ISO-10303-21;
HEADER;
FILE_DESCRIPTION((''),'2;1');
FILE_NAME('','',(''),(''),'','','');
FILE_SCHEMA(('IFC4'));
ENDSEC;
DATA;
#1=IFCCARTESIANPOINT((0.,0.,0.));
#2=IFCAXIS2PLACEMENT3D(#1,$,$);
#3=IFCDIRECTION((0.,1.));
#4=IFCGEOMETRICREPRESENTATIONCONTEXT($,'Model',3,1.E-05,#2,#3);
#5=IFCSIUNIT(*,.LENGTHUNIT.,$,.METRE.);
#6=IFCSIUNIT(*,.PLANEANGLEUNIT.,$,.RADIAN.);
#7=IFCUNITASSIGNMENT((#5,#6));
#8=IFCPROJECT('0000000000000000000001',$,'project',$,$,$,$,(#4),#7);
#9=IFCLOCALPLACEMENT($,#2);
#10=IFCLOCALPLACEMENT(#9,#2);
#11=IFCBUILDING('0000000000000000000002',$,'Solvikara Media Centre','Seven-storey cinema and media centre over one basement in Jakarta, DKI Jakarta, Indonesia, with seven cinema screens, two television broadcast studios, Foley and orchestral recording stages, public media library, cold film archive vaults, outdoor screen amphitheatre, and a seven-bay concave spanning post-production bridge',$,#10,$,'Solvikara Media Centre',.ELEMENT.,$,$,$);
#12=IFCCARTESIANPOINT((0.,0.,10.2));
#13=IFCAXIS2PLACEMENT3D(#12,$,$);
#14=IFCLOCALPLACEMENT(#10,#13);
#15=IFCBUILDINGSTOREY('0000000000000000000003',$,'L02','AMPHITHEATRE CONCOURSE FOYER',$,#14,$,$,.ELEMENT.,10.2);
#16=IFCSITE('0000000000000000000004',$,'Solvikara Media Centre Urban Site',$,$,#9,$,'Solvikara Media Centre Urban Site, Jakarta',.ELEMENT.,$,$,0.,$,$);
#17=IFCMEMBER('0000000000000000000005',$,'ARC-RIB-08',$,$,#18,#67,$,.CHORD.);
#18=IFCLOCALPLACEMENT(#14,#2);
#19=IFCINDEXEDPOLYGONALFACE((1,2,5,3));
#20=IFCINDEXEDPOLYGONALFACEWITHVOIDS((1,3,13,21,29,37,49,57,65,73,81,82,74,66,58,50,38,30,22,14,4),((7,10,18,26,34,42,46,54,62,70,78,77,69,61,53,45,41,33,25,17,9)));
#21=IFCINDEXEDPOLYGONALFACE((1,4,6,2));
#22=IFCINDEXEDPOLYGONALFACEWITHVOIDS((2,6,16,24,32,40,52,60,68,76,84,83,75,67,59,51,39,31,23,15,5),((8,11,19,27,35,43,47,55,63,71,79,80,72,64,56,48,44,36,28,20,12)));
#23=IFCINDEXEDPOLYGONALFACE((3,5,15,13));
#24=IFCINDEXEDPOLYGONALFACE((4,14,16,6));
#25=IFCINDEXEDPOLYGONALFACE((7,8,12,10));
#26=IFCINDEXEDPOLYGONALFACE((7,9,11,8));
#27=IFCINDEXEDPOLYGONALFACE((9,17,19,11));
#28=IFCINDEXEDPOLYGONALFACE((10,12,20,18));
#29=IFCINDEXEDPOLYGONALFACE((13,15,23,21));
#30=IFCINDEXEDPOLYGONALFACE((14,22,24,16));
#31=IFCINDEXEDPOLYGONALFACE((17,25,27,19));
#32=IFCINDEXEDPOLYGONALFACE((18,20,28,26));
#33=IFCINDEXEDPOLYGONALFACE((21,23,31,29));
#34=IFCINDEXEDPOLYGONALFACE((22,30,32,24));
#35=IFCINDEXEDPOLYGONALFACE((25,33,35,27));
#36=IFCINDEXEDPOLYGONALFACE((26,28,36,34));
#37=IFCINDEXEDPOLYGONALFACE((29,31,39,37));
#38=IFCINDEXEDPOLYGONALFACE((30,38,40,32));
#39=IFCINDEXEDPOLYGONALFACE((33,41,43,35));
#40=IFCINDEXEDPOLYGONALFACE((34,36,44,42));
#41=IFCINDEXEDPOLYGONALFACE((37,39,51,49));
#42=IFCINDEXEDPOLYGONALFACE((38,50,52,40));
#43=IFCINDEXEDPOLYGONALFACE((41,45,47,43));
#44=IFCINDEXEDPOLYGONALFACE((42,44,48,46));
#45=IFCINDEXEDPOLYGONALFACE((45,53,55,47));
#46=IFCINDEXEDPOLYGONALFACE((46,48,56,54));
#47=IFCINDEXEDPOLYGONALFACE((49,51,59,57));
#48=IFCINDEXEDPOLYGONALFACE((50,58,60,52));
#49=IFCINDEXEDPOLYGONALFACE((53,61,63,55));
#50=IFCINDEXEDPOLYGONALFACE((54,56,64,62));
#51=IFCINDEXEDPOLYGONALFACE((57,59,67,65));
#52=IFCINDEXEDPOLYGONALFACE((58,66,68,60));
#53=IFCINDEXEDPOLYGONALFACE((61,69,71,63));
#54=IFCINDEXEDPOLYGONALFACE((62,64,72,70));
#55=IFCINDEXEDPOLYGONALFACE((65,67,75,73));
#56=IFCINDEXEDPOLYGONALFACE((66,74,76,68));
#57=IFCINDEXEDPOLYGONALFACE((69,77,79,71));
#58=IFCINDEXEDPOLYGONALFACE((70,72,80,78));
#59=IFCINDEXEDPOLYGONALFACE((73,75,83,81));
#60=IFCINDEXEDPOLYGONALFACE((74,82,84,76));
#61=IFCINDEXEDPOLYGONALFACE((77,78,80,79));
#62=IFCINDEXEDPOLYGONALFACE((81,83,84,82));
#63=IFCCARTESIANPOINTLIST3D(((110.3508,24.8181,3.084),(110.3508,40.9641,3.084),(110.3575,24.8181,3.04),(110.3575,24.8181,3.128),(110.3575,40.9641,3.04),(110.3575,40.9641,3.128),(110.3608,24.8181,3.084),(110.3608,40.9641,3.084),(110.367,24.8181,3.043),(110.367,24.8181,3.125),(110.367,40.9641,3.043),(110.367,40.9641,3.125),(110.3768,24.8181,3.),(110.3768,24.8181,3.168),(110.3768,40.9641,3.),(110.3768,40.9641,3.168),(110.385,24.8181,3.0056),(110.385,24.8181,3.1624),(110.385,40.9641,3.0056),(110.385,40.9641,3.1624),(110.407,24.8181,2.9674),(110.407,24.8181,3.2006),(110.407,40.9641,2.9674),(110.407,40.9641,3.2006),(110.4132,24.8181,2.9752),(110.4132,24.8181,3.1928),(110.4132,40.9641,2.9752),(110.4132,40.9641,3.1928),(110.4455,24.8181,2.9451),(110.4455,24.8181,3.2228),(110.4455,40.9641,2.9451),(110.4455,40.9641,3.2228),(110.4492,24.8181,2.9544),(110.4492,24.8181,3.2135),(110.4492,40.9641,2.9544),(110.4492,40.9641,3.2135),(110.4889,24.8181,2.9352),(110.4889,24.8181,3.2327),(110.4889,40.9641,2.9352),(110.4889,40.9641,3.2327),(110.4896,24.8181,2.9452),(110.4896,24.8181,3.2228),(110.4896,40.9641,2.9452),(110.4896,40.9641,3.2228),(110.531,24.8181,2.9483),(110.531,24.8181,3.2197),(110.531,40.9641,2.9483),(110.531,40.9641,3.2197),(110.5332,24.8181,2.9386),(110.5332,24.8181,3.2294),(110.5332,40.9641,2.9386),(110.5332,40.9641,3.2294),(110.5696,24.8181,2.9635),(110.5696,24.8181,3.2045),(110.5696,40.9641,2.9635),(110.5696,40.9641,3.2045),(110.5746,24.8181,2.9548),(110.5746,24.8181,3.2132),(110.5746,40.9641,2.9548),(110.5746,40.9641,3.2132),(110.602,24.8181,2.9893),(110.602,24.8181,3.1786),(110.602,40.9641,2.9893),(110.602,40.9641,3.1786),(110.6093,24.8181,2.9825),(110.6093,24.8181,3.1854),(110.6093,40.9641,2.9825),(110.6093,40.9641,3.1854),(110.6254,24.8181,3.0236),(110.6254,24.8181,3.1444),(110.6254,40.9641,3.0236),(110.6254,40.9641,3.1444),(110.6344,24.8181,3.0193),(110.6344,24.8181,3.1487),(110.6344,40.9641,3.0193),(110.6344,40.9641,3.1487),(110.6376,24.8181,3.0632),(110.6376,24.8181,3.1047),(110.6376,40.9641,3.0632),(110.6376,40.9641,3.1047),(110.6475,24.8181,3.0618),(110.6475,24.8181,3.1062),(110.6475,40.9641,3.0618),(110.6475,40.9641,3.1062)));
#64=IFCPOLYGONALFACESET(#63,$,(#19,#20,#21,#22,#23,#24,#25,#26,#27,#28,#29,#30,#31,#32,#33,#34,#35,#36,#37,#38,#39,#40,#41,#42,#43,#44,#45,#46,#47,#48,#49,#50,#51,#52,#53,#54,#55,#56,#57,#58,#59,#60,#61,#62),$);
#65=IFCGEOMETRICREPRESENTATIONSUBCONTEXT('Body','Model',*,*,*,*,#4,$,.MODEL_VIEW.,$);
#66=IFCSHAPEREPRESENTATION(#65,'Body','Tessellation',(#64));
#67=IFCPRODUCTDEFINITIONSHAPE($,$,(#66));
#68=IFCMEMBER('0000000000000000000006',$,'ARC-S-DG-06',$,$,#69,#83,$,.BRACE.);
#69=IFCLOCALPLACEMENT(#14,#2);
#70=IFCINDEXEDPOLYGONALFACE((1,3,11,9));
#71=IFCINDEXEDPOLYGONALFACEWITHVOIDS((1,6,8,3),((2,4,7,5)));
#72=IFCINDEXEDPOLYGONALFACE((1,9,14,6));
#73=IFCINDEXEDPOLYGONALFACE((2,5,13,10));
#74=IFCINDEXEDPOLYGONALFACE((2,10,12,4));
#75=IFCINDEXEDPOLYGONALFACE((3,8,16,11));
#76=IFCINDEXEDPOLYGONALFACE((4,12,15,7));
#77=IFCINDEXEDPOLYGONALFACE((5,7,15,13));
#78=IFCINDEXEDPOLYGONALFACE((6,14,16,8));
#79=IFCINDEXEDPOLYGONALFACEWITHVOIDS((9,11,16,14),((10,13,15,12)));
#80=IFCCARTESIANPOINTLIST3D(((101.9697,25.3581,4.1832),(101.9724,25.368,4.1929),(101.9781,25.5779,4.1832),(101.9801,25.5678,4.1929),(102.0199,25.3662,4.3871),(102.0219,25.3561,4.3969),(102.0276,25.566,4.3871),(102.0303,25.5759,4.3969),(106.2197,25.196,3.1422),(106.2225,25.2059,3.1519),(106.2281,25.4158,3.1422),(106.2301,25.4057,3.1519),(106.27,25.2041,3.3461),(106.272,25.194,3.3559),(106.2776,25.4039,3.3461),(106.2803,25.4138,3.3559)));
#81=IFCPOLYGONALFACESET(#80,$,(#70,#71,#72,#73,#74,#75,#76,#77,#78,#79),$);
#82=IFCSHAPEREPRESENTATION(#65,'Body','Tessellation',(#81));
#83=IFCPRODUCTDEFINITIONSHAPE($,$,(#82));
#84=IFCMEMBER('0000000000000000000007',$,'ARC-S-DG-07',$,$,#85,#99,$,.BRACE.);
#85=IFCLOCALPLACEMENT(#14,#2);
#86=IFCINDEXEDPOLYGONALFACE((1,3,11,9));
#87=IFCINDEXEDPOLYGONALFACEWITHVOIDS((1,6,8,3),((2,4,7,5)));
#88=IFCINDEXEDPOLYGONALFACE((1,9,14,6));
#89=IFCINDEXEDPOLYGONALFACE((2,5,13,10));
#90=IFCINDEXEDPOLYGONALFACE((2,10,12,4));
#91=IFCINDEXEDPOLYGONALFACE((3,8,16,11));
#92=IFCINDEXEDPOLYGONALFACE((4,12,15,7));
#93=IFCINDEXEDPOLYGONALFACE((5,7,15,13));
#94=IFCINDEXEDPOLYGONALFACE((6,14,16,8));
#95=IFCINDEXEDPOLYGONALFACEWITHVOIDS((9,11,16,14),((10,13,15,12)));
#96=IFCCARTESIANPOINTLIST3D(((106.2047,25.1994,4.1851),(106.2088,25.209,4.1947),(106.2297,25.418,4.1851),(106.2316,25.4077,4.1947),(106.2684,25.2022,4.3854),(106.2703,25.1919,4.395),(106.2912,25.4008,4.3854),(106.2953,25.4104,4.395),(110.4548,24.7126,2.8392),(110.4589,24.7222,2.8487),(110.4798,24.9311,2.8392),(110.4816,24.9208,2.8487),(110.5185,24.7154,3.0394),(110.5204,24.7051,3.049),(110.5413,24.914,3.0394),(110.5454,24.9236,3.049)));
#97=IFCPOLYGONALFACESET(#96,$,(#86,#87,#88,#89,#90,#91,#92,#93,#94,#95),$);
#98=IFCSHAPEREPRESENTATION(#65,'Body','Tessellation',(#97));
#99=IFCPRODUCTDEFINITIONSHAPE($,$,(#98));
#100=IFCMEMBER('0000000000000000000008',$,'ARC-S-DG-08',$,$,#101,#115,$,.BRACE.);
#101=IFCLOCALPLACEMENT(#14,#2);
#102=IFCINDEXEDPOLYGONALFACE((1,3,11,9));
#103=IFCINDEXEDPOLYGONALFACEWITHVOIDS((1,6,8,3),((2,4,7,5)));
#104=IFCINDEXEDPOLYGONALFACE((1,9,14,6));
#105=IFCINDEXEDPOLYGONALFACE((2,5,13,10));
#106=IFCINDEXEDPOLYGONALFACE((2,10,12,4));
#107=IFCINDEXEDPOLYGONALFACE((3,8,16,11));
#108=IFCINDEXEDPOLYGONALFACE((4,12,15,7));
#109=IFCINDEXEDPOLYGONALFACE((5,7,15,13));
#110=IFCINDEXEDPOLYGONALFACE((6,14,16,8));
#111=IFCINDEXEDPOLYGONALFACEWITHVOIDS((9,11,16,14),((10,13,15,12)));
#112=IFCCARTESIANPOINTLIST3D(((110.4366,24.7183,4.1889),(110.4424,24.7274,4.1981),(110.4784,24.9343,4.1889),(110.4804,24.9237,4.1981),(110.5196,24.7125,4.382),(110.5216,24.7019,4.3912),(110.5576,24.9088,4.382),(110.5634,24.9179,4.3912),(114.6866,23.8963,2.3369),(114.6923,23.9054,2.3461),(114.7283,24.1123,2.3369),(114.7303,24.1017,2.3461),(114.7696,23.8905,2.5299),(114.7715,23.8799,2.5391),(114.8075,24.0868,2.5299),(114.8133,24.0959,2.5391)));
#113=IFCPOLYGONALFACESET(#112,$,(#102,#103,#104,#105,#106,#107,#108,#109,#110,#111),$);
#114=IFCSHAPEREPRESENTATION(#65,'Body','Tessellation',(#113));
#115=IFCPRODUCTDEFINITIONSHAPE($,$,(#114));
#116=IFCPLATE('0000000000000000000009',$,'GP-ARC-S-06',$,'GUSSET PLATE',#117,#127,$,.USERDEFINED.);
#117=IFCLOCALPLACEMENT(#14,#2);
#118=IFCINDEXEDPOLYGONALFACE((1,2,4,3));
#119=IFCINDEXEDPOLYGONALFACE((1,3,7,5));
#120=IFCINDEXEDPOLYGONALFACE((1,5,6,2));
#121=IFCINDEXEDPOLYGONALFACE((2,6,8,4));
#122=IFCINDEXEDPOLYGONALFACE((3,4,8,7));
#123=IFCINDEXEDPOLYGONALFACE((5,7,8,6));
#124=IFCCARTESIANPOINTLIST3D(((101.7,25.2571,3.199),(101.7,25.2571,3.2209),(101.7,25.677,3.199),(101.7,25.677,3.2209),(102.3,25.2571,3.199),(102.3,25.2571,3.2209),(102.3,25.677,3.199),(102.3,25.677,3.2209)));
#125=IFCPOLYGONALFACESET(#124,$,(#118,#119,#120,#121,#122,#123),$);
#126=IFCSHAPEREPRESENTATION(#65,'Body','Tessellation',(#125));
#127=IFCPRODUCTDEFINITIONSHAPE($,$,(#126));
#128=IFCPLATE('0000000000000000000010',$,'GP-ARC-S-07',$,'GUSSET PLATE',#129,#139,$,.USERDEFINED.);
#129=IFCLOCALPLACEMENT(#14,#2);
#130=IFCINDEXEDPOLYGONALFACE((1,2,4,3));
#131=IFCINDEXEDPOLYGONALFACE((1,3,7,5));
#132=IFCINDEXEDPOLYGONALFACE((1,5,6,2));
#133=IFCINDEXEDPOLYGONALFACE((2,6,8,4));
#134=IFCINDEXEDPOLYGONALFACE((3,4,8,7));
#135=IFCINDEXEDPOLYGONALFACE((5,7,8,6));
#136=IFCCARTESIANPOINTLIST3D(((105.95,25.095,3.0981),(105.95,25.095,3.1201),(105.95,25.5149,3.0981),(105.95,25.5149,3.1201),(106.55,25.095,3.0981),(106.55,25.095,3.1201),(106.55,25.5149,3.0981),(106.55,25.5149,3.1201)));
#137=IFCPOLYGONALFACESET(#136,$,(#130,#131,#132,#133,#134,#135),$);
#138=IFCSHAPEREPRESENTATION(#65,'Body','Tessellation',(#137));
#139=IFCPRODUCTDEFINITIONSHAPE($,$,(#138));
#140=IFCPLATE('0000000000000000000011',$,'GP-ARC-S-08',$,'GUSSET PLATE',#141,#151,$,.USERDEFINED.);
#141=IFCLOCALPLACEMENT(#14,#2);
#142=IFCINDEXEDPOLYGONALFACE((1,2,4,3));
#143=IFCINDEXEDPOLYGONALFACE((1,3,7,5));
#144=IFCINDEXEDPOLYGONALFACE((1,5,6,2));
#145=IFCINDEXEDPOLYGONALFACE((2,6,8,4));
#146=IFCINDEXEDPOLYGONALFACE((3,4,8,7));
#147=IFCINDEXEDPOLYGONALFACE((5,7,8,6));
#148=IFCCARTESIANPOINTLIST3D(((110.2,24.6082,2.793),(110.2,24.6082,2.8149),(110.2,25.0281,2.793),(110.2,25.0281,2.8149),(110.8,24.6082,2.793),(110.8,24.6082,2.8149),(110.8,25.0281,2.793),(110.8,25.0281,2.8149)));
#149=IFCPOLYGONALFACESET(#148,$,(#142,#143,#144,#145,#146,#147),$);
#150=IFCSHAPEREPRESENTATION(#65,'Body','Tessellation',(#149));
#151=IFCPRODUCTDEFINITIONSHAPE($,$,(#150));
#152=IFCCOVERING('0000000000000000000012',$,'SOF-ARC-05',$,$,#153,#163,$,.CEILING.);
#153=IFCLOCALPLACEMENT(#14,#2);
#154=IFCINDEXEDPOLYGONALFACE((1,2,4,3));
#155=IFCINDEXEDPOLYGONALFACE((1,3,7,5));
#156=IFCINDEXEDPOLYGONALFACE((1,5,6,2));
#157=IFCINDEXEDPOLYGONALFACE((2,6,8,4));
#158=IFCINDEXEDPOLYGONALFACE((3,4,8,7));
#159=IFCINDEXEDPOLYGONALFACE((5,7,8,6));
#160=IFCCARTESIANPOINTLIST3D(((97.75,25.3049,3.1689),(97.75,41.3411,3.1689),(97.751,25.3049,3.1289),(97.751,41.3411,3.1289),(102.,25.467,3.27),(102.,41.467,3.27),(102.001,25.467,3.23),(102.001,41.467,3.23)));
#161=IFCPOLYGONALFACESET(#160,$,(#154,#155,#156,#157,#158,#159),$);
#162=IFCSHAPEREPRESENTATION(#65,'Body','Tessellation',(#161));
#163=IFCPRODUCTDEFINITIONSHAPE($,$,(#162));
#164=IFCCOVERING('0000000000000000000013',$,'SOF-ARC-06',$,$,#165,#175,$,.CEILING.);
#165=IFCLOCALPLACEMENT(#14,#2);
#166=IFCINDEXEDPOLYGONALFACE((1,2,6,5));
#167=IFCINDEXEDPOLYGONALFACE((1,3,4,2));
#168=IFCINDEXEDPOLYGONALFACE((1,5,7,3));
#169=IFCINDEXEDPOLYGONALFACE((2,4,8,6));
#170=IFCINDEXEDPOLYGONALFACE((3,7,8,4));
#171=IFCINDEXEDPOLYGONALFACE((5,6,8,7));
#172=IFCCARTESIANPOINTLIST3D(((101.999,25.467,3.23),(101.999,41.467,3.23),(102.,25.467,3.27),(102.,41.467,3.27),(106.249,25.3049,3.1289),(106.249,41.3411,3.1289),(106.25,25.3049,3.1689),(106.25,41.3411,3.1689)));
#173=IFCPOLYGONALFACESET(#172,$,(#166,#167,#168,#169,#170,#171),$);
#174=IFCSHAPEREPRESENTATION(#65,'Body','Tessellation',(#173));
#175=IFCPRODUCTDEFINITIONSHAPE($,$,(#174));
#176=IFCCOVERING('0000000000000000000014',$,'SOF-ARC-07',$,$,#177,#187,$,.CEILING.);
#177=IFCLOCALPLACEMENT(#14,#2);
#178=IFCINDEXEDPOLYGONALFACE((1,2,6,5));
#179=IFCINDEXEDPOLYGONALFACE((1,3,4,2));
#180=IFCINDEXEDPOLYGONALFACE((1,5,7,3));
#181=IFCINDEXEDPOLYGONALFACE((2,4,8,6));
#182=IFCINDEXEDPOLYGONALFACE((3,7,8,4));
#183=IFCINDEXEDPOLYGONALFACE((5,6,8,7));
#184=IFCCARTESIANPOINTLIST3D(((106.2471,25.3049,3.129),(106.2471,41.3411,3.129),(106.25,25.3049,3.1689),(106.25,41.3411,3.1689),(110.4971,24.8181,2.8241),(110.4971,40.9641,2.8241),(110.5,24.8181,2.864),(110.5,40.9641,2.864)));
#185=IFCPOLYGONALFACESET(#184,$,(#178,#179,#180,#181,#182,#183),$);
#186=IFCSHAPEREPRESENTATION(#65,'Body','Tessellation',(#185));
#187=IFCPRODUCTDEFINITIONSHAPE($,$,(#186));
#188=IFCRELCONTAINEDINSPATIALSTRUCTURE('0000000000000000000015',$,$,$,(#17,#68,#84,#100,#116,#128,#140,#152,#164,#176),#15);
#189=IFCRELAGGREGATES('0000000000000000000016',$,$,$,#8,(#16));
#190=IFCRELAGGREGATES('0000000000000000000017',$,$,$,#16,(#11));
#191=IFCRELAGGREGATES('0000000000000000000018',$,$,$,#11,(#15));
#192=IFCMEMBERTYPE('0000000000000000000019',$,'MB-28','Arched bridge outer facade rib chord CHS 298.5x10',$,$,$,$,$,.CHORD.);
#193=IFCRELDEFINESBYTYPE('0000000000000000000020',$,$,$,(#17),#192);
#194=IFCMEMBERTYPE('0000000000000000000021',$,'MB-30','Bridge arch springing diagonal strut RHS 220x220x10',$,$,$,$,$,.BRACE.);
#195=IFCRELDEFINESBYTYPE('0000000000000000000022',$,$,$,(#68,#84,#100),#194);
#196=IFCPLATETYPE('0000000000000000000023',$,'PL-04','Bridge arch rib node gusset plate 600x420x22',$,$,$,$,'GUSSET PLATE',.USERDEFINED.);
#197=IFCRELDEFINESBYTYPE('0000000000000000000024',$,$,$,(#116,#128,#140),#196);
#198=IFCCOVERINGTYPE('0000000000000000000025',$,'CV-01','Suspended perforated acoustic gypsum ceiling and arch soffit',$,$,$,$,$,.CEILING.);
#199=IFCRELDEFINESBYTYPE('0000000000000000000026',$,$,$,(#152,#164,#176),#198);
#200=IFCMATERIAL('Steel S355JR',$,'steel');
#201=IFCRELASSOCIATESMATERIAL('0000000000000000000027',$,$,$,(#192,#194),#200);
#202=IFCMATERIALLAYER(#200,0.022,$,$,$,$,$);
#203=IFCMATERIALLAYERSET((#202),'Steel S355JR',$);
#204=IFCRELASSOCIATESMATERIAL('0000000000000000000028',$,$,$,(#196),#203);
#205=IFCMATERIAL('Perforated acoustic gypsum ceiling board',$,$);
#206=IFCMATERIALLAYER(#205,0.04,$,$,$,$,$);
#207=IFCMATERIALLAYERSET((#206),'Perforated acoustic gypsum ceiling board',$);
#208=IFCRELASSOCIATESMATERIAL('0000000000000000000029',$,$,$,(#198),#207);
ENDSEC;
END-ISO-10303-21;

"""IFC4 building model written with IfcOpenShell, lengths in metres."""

from ifc_helpers import new_model, si_unit, direction, frame, origin, origin_2d, place, context, subcontext, project, spatial, polyline, rectangle, hollow_rectangle, hollow_circle, outline, extrude, material, layer, layer_set, material_profile, profile_set, type_object, element, save


model = new_model("IFC4")

# Units and contexts
model_context = context("Model", 3, precision=1e-05, world=origin(), true_north=direction((0.0, 1.0)))
body_context = subcontext(model_context, "Body", "Model", "MODEL_VIEW")
ifc_project = project(units=[si_unit("LENGTHUNIT", "METRE"), si_unit("PLANEANGLEUNIT", "RADIAN")], contexts=[model_context])

# Site, building, storey
site_placement = place(None, origin())
site = spatial("IfcSite", under=ifc_project, at=site_placement, Name="Solvikara Media Centre Urban Site", LongName="Solvikara Media Centre Urban Site, Jakarta", CompositionType="ELEMENT", RefElevation=0.0)
building_placement = place(site_placement, origin())
building = spatial("IfcBuilding", under=site, at=building_placement, Name="Solvikara Media Centre", Description="Seven-storey cinema and media centre over one basement in Jakarta, DKI Jakarta, Indonesia, with seven cinema screens, two television broadcast studios, Foley and orchestral recording stages, public media library, cold film archive vaults, outdoor screen amphitheatre, and a seven-bay concave spanning post-production bridge", LongName="Solvikara Media Centre", CompositionType="ELEMENT")
storey_placement = place(building_placement, frame((0.0, 0.0, 10.2)))
storey = spatial("IfcBuildingStorey", under=building, at=storey_placement, Name="L02", Description="AMPHITHEATRE CONCOURSE FOYER", CompositionType="ELEMENT", Elevation=10.2)

# Members
ifc_material_1 = material(Name="Steel S355JR", Category="steel")
ifc_material_profile_1 = material_profile(ifc_material_1, hollow_circle(Radius=0.1492, WallThickness=0.01, at=origin_2d()), Name="CHS 298.5x10")
ifc_profile_set_1 = profile_set([ifc_material_profile_1], Name="Steel S355JR")
member_type_1 = type_object("IfcMemberType", Name="MB-28", Description="Arched bridge outer facade rib chord CHS 298.5x10", PredefinedType="CHORD", material=ifc_profile_set_1)
member_1_placement = place(storey_placement, frame((110.5, 24.8181, 3.084), z_axis=(0.0, 1.0, 0.0), x_axis=(-1.0, 0.0, 0.0)))
element("IfcMember", 1, at=member_1_placement, inside=storey, type_object=member_type_1, Name="ARC-RIB-08", PredefinedType="CHORD", context=body_context, shape_type="SweptSolid", body=[
    extrude(hollow_circle(Radius=0.1492, WallThickness=0.01, at=origin_2d()), origin(), (0.0, 0.0, 1.0), 16.146),
])
ifc_material_profile_2 = material_profile(ifc_material_1, hollow_rectangle(XDim=0.22, YDim=0.22, WallThickness=0.01, at=origin_2d()), Name="RHS 220x220x10")
ifc_profile_set_2 = profile_set([ifc_material_profile_2], Name="Steel S355JR")
member_type_2 = type_object("IfcMemberType", Name="MB-30", Description="Bridge arch springing diagonal strut RHS 220x220x10", PredefinedType="BRACE", material=ifc_profile_set_2)
member_2_placement = place(storey_placement, frame((102.0, 25.467, 4.29), z_axis=(0.970621, -0.037023, -0.237749), x_axis=(0.038116, 0.999273, 0.0)))
element("IfcMember", 2, at=member_2_placement, inside=storey, type_object=member_type_2, Name="ARC-S-DG-06", PredefinedType="BRACE", context=body_context, shape_type="SweptSolid", body=[
    extrude(hollow_rectangle(XDim=0.22, YDim=0.22, WallThickness=0.01, at=origin_2d()), origin(), (0.0, 0.0, 1.0), 4.3787),
])
member_3_placement = place(storey_placement, frame((106.25, 25.3049, 4.29), z_axis=(0.947701, -0.108554, -0.300131), x_axis=(0.113801, 0.993504, 0.0)))
element("IfcMember", 3, at=member_3_placement, inside=storey, type_object=member_type_2, Name="ARC-S-DG-07", PredefinedType="BRACE", context=body_context, shape_type="SweptSolid", body=[
    extrude(hollow_rectangle(XDim=0.22, YDim=0.22, WallThickness=0.01, at=origin_2d()), origin(), (0.0, 0.0, 1.0), 4.4846),
])
member_4_placement = place(storey_placement, frame((110.5, 24.8181, 4.29), z_axis=(0.902657, -0.174589, -0.393357), x_axis=(0.189897, 0.981804, 0.0)))
element("IfcMember", 4, at=member_4_placement, inside=storey, type_object=member_type_2, Name="ARC-S-DG-08", PredefinedType="BRACE", context=body_context, shape_type="SweptSolid", body=[
    extrude(hollow_rectangle(XDim=0.22, YDim=0.22, WallThickness=0.01, at=origin_2d()), origin(), (0.0, 0.0, 1.0), 4.7083),
])

# Plates
ifc_layer_1 = layer(ifc_material_1, 0.022)
ifc_layer_set_1 = layer_set([ifc_layer_1], Name="Steel S355JR")
plate_type = type_object("IfcPlateType", Name="PL-04", Description="Bridge arch rib node gusset plate 600x420x22", ElementType="GUSSET PLATE", PredefinedType="USERDEFINED", material=ifc_layer_set_1)
for number, where, z_axis, x_axis, name in (
    (5, (102.0, 25.467, 3.199), (0.0, 0.0, 1.0), (1.0, 0.0, 0.0), "GP-ARC-S-06"),
    (6, (106.25, 25.3049, 3.0981), (0.0, 0.0, 1.0), (1.0, 0.0, 0.0), "GP-ARC-S-07"),
    (7, (110.5, 24.8181, 2.793), (0.0, 0.0, 1.0), (1.0, 0.0, 0.0), "GP-ARC-S-08"),
):
    element("IfcPlate", number, at=place(storey_placement, frame(where, z_axis=z_axis, x_axis=x_axis)), inside=storey, type_object=plate_type, Name=name, ObjectType="GUSSET PLATE", PredefinedType="USERDEFINED", context=body_context, shape_type="SweptSolid", body=[
        extrude(rectangle(XDim=0.6001, YDim=0.4199, at=origin_2d()), origin(), (0.0, 0.0, 1.0), 0.022),
    ])

# Coverings
ifc_material_2 = material(Name="Perforated acoustic gypsum ceiling board")
ifc_layer_2 = layer(ifc_material_2, 0.04)
ifc_layer_set_2 = layer_set([ifc_layer_2], Name="Perforated acoustic gypsum ceiling board")
covering_type = type_object("IfcCoveringType", Name="CV-01", Description="Suspended perforated acoustic gypsum ceiling and arch soffit", PredefinedType="CEILING", material=ifc_layer_set_2)
covering_1_placement = place(storey_placement, frame((97.75, 25.3049, 3.1689), z_axis=(-0.023775, 0.0, 0.999717), x_axis=(0.998991, 0.038105, 0.023758)))
element("IfcCovering", 8, at=covering_1_placement, inside=storey, type_object=covering_type, Name="SOF-ARC-05", PredefinedType="CEILING", context=body_context, shape_type="SweptSolid", body=[
    extrude(outline(polyline([(0.0, 0.0), (4.2543, 0.0), (4.864, 15.9884), (0.6111, 16.0245), (0.0, 0.0)])), origin(), (0.0, 0.0, -1.0), 0.04),
])
covering_2_placement = place(storey_placement, frame((102.0, 25.467, 3.27), z_axis=(0.023775, 0.0, 0.999717), x_axis=(0.998991, -0.038105, -0.023758)))
element("IfcCovering", 9, at=covering_2_placement, inside=storey, type_object=covering_type, Name="SOF-ARC-06", PredefinedType="CEILING", context=body_context, shape_type="SweptSolid", body=[
    extrude(outline(polyline([(0.0, 0.0), (4.2543, 0.0), (3.6432, 16.0245), (-0.6097, 15.9884), (0.0, 0.0)])), origin(), (0.0, 0.0, -1.0), 0.04),
])
covering_3_placement = place(storey_placement, frame((106.25, 25.3049, 3.1689), z_axis=(0.071565, 0.0, 0.997436), x_axis=(0.990989, -0.113513, -0.071102)))
element("IfcCovering", 10, at=covering_3_placement, inside=storey, type_object=covering_type, Name="SOF-ARC-07", PredefinedType="CEILING", context=body_context, shape_type="SweptSolid", body=[
    extrude(outline(polyline([(0.0, 0.0), (4.2886, 0.0), (2.4559, 16.0416), (-1.8203, 15.9325), (0.0, 0.0)])), origin(), (0.0, 0.0, -1.0), 0.04),
])

save(model, "model.ifc")
